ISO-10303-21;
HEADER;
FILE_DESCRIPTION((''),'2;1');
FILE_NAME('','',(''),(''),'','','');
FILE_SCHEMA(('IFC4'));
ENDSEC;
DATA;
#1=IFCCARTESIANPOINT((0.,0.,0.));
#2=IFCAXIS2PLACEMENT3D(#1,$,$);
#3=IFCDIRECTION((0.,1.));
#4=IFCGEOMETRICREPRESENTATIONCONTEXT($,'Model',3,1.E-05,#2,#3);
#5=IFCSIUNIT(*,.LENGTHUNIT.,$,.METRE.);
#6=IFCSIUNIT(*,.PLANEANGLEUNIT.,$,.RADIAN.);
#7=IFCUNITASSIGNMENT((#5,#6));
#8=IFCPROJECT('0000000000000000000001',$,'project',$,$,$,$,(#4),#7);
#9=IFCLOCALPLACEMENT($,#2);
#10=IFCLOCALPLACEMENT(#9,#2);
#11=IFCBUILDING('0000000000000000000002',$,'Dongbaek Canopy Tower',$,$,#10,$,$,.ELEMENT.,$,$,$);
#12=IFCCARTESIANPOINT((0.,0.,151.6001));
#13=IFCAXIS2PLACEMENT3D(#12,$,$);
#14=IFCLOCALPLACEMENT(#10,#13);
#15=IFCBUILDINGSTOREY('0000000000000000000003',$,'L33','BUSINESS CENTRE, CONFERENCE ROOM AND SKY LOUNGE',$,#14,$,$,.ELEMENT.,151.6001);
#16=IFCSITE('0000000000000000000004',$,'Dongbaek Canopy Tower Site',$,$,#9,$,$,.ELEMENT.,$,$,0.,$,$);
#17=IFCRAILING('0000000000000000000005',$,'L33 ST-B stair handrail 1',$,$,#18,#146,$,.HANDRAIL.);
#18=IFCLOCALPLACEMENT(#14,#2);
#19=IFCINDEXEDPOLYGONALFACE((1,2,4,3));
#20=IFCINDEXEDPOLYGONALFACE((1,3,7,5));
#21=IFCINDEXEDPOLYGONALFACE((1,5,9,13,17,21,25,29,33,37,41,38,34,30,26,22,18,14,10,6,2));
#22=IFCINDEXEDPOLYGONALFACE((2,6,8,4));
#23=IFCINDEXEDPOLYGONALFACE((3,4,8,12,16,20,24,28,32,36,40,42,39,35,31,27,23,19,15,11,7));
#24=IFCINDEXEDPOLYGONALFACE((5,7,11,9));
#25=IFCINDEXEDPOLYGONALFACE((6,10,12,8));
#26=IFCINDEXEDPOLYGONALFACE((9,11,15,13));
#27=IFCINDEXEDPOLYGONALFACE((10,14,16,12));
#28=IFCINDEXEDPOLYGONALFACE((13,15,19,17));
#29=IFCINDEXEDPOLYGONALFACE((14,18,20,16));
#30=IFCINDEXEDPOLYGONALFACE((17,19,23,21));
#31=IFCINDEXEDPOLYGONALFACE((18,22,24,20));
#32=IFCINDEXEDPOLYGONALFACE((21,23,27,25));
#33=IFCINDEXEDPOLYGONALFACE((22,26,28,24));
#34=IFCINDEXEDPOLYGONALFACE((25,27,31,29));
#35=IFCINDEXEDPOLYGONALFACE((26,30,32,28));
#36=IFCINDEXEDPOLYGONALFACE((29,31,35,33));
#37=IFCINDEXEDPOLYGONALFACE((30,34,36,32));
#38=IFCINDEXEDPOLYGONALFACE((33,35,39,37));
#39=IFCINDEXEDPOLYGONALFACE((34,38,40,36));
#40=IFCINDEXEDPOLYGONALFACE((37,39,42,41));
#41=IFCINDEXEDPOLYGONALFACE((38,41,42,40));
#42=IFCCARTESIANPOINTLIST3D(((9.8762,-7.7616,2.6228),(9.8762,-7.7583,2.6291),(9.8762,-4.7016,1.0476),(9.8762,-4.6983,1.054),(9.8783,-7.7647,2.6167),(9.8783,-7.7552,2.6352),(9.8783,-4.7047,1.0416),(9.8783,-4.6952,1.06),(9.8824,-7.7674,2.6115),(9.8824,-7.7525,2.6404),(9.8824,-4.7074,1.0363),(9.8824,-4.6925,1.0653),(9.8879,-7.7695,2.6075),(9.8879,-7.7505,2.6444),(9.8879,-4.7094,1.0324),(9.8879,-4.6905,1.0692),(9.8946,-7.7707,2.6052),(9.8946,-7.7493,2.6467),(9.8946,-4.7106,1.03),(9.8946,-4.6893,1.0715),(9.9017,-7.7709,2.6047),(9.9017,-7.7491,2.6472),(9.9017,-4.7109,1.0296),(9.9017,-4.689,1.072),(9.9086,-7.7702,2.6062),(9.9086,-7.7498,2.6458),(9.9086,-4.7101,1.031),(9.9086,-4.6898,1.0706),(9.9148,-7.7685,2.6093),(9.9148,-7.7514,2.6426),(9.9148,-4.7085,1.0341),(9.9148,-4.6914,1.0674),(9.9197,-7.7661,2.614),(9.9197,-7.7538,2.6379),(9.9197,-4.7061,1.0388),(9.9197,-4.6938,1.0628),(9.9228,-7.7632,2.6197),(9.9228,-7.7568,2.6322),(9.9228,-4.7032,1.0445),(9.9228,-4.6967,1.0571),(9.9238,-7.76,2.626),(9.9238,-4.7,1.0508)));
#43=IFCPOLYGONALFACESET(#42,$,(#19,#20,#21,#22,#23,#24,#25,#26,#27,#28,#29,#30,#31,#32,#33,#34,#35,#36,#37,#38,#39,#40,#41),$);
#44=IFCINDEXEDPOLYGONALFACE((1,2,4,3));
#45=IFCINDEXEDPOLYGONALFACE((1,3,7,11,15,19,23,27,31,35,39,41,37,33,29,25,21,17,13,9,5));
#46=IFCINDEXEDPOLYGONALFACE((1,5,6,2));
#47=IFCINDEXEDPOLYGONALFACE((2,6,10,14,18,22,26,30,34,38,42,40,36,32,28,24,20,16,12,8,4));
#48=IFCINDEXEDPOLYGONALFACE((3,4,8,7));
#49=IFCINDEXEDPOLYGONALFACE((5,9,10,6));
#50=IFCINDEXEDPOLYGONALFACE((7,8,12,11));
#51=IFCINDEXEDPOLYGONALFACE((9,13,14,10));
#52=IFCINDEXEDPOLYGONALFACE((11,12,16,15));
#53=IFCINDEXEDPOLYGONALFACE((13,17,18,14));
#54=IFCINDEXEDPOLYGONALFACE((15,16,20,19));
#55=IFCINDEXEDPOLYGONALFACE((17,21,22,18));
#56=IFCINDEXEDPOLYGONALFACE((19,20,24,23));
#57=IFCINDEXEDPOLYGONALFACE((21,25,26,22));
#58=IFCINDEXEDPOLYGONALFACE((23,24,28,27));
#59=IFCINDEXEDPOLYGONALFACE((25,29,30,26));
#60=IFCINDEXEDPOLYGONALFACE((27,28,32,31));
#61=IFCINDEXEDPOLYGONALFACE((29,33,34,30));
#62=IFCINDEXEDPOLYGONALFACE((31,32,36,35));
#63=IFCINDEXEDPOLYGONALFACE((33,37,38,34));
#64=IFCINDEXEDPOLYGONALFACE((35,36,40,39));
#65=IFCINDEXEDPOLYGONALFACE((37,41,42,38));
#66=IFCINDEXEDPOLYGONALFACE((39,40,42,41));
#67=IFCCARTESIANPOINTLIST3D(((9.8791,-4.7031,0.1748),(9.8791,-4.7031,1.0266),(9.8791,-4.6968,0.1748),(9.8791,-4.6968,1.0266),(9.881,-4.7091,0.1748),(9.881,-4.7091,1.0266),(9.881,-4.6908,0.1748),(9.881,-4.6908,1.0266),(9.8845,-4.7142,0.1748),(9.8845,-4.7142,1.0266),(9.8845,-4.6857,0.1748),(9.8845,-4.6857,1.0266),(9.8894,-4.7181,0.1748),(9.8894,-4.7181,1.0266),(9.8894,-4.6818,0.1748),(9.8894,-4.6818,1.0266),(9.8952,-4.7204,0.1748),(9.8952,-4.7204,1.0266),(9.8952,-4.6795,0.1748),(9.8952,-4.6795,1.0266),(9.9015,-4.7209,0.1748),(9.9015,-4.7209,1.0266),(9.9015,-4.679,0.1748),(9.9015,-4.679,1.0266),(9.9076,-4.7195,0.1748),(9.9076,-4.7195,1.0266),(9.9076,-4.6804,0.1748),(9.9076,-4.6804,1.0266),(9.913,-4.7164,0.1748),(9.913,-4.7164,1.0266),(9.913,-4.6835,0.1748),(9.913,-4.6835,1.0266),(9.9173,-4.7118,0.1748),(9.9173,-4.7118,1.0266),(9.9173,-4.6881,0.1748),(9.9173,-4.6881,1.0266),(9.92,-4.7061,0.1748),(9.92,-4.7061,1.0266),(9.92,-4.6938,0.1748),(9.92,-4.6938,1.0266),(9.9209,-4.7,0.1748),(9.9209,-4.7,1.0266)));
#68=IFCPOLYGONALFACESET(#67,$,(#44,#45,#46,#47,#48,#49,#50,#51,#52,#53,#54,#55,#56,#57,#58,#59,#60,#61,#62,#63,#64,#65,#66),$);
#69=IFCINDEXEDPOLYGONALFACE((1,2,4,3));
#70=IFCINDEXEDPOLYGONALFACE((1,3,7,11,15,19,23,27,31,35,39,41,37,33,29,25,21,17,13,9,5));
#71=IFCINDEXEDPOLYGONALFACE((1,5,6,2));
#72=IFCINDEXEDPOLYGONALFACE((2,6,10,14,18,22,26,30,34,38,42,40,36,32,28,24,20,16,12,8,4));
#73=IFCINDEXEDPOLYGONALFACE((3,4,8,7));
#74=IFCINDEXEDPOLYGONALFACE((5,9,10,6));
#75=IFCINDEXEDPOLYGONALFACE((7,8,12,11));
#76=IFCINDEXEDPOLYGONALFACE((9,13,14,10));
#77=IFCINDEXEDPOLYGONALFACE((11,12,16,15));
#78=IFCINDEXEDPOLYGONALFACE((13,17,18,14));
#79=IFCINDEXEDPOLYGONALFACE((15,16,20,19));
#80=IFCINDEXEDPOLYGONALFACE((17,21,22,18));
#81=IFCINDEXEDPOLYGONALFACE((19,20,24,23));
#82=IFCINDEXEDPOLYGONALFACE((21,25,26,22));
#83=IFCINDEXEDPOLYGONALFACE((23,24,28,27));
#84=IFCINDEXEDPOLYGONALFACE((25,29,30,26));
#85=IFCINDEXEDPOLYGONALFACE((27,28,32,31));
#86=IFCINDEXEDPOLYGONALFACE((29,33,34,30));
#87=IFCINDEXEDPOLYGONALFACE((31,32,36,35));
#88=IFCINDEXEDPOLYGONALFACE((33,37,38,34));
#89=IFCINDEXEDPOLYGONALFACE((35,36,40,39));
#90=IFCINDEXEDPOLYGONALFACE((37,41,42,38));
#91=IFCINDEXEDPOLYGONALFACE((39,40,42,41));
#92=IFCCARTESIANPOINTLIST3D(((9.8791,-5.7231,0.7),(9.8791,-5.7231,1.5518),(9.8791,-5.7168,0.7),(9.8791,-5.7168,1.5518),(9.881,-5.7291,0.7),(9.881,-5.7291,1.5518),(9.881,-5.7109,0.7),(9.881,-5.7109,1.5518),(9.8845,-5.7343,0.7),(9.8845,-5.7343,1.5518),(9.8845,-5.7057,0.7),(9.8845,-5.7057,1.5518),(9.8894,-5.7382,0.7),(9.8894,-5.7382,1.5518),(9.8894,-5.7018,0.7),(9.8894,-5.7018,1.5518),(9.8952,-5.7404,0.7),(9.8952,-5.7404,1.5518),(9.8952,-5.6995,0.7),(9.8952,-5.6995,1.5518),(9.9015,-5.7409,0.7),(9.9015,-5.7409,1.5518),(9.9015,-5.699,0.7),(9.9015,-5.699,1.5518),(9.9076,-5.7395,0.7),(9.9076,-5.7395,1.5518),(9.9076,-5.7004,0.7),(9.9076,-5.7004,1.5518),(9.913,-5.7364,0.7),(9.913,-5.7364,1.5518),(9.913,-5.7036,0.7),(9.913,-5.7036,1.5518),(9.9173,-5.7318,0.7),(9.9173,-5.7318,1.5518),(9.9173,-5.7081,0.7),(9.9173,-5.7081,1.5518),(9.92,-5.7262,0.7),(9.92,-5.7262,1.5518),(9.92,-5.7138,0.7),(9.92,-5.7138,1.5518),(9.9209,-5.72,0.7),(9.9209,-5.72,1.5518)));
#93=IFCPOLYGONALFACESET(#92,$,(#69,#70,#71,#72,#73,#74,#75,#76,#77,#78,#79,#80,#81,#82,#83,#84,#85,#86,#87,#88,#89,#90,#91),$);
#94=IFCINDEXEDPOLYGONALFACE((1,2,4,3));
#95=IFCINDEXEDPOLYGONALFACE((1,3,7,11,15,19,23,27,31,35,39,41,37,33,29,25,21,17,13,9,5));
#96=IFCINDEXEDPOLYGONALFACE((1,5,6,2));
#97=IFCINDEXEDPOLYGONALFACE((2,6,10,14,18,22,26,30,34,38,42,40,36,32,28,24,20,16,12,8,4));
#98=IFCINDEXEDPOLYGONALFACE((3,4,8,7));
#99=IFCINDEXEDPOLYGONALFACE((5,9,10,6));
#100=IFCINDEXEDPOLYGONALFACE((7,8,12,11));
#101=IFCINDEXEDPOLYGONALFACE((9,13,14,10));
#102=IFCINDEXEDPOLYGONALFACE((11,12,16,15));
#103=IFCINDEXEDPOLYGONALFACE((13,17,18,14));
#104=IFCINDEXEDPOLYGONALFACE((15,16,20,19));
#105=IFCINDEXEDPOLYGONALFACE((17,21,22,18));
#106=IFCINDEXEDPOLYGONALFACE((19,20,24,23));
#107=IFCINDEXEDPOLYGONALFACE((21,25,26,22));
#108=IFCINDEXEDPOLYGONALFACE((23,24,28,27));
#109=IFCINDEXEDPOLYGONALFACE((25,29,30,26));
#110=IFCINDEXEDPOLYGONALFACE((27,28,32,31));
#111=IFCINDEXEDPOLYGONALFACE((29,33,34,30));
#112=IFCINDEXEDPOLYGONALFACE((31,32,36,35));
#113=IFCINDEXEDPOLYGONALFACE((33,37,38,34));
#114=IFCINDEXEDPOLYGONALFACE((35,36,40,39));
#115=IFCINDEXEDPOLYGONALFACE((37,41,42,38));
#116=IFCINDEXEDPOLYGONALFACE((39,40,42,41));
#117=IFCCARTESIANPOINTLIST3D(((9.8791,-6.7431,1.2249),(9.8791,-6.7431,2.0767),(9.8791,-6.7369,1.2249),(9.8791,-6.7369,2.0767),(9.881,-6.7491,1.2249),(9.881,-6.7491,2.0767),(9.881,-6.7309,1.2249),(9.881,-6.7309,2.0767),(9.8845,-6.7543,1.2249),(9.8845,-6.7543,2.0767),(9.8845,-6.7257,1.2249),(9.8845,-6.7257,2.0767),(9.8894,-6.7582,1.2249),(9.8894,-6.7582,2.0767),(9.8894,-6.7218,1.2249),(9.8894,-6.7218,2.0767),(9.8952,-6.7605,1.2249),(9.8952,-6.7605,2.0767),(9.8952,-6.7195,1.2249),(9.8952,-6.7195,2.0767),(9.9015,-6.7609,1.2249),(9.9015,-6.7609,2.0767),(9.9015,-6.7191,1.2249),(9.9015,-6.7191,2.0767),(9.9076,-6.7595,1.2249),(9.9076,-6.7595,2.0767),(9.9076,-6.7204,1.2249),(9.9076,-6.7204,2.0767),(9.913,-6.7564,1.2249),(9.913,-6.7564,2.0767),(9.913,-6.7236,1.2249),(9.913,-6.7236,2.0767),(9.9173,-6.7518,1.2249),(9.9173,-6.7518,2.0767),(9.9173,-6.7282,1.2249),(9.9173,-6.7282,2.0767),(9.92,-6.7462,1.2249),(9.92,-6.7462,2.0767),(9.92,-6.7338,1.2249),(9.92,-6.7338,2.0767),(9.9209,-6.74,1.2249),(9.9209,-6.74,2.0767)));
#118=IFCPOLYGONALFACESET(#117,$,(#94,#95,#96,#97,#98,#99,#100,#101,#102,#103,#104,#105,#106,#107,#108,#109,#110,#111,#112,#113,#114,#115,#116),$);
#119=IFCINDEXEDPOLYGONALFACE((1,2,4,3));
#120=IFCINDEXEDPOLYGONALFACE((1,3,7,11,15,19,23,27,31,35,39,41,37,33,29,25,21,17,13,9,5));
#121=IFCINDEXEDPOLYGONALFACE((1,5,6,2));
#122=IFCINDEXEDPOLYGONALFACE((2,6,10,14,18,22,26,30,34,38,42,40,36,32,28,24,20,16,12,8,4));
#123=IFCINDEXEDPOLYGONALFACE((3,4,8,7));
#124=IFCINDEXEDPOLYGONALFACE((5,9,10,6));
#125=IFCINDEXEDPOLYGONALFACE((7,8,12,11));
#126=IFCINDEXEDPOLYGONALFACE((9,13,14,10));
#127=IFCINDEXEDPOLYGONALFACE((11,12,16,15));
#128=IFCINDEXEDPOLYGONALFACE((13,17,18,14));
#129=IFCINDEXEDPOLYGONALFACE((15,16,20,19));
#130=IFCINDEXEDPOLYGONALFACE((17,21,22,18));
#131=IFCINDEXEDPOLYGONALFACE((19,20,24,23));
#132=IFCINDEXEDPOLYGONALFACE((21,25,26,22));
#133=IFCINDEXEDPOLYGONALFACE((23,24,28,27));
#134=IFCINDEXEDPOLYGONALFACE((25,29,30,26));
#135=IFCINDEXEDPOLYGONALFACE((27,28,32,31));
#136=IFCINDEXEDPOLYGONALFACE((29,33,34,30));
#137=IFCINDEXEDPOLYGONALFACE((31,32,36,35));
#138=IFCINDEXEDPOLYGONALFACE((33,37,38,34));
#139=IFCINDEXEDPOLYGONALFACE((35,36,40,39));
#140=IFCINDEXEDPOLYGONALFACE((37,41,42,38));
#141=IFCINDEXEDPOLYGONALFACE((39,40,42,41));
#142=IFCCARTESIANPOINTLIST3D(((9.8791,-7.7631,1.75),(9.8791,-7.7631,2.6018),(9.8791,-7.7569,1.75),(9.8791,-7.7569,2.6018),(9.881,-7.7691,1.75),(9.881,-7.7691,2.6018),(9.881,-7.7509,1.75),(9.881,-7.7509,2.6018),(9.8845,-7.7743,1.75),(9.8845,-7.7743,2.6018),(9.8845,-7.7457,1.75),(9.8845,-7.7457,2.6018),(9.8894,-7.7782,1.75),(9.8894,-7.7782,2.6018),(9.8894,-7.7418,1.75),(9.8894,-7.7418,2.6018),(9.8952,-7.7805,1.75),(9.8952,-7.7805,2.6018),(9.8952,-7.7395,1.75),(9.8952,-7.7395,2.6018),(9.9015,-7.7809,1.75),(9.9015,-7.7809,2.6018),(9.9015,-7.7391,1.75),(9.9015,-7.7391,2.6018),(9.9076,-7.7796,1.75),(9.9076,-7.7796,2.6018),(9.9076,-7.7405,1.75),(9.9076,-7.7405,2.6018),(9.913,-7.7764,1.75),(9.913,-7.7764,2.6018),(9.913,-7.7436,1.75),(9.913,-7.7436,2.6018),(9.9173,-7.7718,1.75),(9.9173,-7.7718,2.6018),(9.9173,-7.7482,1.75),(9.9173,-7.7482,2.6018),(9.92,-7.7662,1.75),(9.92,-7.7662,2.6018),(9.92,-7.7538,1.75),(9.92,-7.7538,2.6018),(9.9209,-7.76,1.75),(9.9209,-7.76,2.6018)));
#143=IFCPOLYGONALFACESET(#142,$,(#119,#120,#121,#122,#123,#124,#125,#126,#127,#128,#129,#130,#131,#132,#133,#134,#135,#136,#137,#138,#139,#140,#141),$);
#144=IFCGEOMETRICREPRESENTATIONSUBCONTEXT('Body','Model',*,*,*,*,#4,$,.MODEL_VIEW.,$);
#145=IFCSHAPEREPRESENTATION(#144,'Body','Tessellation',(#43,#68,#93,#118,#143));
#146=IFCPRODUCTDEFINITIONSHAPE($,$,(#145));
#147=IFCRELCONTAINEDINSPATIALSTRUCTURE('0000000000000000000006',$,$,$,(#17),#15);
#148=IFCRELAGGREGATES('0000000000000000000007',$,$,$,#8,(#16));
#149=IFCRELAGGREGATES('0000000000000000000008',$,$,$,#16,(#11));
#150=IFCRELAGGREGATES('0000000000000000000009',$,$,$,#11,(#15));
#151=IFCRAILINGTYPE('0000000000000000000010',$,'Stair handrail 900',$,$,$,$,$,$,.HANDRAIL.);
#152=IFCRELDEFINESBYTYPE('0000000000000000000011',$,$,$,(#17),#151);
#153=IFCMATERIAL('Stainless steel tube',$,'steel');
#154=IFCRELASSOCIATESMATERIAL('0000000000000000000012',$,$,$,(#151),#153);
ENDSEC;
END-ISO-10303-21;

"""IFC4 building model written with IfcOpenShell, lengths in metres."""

from ifc_helpers import new_model, si_unit, direction, frame, origin, origin_2d, place, context, subcontext, project, spatial, circle, extrude, material, type_object, element, save


model = new_model("IFC4")

# Units and contexts
model_context = context("Model", 3, precision=1e-05, world=origin(), true_north=direction((0.0, 1.0)))
body_context = subcontext(model_context, "Body", "Model", "MODEL_VIEW")
ifc_project = project(units=[si_unit("LENGTHUNIT", "METRE"), si_unit("PLANEANGLEUNIT", "RADIAN")], contexts=[model_context])

# Site, building, storey
site_placement = place(None, origin())
site = spatial("IfcSite", under=ifc_project, at=site_placement, Name="Dongbaek Canopy Tower Site", CompositionType="ELEMENT", RefElevation=0.0)
building_placement = place(site_placement, origin())
building = spatial("IfcBuilding", under=site, at=building_placement, Name="Dongbaek Canopy Tower", CompositionType="ELEMENT")
storey_placement = place(building_placement, frame((0.0, 0.0, 151.6001)))
storey = spatial("IfcBuildingStorey", under=building, at=storey_placement, Name="L33", Description="BUSINESS CENTRE, CONFERENCE ROOM AND SKY LOUNGE", CompositionType="ELEMENT", Elevation=151.6001)

# Railing
ifc_material_1 = material(Name="Stainless steel tube", Category="steel")
railing_type_1 = type_object("IfcRailingType", Name="Stair handrail 900", PredefinedType="HANDRAIL", material=ifc_material_1)
for number, where, name in (
    (1, (9.8999, -4.7, 0.1748), "L33 ST-B stair handrail 1"),
):
    element("IfcRailing", number, at=place(storey_placement, frame(where)), inside=storey, type_object=railing_type_1, Name=name, PredefinedType="HANDRAIL", context=body_context, shape_type="SweptSolid", body=[
        extrude(circle(Radius=0.0239, at=origin_2d()), frame((0.0, 0.0, 0.876), z_axis=(0.0, -0.889116, 0.457681), x_axis=(1.0, 0.0, 0.0)), (0.0, 0.0, 1.0), 3.4417),
        extrude(circle(Radius=0.021, at=origin_2d()), origin(), (0.0, 0.0, 1.0), 0.8518),
        extrude(circle(Radius=0.021, at=origin_2d()), frame((0.0, -1.02, 0.5251)), (0.0, 0.0, 1.0), 0.8518),
        extrude(circle(Radius=0.021, at=origin_2d()), frame((0.0, -2.04, 1.05)), (0.0, 0.0, 1.0), 0.8518),
        extrude(circle(Radius=0.021, at=origin_2d()), frame((0.0, -3.0601, 1.5752)), (0.0, 0.0, 1.0), 0.8518),
    ])

save(model, "model.ifc")
